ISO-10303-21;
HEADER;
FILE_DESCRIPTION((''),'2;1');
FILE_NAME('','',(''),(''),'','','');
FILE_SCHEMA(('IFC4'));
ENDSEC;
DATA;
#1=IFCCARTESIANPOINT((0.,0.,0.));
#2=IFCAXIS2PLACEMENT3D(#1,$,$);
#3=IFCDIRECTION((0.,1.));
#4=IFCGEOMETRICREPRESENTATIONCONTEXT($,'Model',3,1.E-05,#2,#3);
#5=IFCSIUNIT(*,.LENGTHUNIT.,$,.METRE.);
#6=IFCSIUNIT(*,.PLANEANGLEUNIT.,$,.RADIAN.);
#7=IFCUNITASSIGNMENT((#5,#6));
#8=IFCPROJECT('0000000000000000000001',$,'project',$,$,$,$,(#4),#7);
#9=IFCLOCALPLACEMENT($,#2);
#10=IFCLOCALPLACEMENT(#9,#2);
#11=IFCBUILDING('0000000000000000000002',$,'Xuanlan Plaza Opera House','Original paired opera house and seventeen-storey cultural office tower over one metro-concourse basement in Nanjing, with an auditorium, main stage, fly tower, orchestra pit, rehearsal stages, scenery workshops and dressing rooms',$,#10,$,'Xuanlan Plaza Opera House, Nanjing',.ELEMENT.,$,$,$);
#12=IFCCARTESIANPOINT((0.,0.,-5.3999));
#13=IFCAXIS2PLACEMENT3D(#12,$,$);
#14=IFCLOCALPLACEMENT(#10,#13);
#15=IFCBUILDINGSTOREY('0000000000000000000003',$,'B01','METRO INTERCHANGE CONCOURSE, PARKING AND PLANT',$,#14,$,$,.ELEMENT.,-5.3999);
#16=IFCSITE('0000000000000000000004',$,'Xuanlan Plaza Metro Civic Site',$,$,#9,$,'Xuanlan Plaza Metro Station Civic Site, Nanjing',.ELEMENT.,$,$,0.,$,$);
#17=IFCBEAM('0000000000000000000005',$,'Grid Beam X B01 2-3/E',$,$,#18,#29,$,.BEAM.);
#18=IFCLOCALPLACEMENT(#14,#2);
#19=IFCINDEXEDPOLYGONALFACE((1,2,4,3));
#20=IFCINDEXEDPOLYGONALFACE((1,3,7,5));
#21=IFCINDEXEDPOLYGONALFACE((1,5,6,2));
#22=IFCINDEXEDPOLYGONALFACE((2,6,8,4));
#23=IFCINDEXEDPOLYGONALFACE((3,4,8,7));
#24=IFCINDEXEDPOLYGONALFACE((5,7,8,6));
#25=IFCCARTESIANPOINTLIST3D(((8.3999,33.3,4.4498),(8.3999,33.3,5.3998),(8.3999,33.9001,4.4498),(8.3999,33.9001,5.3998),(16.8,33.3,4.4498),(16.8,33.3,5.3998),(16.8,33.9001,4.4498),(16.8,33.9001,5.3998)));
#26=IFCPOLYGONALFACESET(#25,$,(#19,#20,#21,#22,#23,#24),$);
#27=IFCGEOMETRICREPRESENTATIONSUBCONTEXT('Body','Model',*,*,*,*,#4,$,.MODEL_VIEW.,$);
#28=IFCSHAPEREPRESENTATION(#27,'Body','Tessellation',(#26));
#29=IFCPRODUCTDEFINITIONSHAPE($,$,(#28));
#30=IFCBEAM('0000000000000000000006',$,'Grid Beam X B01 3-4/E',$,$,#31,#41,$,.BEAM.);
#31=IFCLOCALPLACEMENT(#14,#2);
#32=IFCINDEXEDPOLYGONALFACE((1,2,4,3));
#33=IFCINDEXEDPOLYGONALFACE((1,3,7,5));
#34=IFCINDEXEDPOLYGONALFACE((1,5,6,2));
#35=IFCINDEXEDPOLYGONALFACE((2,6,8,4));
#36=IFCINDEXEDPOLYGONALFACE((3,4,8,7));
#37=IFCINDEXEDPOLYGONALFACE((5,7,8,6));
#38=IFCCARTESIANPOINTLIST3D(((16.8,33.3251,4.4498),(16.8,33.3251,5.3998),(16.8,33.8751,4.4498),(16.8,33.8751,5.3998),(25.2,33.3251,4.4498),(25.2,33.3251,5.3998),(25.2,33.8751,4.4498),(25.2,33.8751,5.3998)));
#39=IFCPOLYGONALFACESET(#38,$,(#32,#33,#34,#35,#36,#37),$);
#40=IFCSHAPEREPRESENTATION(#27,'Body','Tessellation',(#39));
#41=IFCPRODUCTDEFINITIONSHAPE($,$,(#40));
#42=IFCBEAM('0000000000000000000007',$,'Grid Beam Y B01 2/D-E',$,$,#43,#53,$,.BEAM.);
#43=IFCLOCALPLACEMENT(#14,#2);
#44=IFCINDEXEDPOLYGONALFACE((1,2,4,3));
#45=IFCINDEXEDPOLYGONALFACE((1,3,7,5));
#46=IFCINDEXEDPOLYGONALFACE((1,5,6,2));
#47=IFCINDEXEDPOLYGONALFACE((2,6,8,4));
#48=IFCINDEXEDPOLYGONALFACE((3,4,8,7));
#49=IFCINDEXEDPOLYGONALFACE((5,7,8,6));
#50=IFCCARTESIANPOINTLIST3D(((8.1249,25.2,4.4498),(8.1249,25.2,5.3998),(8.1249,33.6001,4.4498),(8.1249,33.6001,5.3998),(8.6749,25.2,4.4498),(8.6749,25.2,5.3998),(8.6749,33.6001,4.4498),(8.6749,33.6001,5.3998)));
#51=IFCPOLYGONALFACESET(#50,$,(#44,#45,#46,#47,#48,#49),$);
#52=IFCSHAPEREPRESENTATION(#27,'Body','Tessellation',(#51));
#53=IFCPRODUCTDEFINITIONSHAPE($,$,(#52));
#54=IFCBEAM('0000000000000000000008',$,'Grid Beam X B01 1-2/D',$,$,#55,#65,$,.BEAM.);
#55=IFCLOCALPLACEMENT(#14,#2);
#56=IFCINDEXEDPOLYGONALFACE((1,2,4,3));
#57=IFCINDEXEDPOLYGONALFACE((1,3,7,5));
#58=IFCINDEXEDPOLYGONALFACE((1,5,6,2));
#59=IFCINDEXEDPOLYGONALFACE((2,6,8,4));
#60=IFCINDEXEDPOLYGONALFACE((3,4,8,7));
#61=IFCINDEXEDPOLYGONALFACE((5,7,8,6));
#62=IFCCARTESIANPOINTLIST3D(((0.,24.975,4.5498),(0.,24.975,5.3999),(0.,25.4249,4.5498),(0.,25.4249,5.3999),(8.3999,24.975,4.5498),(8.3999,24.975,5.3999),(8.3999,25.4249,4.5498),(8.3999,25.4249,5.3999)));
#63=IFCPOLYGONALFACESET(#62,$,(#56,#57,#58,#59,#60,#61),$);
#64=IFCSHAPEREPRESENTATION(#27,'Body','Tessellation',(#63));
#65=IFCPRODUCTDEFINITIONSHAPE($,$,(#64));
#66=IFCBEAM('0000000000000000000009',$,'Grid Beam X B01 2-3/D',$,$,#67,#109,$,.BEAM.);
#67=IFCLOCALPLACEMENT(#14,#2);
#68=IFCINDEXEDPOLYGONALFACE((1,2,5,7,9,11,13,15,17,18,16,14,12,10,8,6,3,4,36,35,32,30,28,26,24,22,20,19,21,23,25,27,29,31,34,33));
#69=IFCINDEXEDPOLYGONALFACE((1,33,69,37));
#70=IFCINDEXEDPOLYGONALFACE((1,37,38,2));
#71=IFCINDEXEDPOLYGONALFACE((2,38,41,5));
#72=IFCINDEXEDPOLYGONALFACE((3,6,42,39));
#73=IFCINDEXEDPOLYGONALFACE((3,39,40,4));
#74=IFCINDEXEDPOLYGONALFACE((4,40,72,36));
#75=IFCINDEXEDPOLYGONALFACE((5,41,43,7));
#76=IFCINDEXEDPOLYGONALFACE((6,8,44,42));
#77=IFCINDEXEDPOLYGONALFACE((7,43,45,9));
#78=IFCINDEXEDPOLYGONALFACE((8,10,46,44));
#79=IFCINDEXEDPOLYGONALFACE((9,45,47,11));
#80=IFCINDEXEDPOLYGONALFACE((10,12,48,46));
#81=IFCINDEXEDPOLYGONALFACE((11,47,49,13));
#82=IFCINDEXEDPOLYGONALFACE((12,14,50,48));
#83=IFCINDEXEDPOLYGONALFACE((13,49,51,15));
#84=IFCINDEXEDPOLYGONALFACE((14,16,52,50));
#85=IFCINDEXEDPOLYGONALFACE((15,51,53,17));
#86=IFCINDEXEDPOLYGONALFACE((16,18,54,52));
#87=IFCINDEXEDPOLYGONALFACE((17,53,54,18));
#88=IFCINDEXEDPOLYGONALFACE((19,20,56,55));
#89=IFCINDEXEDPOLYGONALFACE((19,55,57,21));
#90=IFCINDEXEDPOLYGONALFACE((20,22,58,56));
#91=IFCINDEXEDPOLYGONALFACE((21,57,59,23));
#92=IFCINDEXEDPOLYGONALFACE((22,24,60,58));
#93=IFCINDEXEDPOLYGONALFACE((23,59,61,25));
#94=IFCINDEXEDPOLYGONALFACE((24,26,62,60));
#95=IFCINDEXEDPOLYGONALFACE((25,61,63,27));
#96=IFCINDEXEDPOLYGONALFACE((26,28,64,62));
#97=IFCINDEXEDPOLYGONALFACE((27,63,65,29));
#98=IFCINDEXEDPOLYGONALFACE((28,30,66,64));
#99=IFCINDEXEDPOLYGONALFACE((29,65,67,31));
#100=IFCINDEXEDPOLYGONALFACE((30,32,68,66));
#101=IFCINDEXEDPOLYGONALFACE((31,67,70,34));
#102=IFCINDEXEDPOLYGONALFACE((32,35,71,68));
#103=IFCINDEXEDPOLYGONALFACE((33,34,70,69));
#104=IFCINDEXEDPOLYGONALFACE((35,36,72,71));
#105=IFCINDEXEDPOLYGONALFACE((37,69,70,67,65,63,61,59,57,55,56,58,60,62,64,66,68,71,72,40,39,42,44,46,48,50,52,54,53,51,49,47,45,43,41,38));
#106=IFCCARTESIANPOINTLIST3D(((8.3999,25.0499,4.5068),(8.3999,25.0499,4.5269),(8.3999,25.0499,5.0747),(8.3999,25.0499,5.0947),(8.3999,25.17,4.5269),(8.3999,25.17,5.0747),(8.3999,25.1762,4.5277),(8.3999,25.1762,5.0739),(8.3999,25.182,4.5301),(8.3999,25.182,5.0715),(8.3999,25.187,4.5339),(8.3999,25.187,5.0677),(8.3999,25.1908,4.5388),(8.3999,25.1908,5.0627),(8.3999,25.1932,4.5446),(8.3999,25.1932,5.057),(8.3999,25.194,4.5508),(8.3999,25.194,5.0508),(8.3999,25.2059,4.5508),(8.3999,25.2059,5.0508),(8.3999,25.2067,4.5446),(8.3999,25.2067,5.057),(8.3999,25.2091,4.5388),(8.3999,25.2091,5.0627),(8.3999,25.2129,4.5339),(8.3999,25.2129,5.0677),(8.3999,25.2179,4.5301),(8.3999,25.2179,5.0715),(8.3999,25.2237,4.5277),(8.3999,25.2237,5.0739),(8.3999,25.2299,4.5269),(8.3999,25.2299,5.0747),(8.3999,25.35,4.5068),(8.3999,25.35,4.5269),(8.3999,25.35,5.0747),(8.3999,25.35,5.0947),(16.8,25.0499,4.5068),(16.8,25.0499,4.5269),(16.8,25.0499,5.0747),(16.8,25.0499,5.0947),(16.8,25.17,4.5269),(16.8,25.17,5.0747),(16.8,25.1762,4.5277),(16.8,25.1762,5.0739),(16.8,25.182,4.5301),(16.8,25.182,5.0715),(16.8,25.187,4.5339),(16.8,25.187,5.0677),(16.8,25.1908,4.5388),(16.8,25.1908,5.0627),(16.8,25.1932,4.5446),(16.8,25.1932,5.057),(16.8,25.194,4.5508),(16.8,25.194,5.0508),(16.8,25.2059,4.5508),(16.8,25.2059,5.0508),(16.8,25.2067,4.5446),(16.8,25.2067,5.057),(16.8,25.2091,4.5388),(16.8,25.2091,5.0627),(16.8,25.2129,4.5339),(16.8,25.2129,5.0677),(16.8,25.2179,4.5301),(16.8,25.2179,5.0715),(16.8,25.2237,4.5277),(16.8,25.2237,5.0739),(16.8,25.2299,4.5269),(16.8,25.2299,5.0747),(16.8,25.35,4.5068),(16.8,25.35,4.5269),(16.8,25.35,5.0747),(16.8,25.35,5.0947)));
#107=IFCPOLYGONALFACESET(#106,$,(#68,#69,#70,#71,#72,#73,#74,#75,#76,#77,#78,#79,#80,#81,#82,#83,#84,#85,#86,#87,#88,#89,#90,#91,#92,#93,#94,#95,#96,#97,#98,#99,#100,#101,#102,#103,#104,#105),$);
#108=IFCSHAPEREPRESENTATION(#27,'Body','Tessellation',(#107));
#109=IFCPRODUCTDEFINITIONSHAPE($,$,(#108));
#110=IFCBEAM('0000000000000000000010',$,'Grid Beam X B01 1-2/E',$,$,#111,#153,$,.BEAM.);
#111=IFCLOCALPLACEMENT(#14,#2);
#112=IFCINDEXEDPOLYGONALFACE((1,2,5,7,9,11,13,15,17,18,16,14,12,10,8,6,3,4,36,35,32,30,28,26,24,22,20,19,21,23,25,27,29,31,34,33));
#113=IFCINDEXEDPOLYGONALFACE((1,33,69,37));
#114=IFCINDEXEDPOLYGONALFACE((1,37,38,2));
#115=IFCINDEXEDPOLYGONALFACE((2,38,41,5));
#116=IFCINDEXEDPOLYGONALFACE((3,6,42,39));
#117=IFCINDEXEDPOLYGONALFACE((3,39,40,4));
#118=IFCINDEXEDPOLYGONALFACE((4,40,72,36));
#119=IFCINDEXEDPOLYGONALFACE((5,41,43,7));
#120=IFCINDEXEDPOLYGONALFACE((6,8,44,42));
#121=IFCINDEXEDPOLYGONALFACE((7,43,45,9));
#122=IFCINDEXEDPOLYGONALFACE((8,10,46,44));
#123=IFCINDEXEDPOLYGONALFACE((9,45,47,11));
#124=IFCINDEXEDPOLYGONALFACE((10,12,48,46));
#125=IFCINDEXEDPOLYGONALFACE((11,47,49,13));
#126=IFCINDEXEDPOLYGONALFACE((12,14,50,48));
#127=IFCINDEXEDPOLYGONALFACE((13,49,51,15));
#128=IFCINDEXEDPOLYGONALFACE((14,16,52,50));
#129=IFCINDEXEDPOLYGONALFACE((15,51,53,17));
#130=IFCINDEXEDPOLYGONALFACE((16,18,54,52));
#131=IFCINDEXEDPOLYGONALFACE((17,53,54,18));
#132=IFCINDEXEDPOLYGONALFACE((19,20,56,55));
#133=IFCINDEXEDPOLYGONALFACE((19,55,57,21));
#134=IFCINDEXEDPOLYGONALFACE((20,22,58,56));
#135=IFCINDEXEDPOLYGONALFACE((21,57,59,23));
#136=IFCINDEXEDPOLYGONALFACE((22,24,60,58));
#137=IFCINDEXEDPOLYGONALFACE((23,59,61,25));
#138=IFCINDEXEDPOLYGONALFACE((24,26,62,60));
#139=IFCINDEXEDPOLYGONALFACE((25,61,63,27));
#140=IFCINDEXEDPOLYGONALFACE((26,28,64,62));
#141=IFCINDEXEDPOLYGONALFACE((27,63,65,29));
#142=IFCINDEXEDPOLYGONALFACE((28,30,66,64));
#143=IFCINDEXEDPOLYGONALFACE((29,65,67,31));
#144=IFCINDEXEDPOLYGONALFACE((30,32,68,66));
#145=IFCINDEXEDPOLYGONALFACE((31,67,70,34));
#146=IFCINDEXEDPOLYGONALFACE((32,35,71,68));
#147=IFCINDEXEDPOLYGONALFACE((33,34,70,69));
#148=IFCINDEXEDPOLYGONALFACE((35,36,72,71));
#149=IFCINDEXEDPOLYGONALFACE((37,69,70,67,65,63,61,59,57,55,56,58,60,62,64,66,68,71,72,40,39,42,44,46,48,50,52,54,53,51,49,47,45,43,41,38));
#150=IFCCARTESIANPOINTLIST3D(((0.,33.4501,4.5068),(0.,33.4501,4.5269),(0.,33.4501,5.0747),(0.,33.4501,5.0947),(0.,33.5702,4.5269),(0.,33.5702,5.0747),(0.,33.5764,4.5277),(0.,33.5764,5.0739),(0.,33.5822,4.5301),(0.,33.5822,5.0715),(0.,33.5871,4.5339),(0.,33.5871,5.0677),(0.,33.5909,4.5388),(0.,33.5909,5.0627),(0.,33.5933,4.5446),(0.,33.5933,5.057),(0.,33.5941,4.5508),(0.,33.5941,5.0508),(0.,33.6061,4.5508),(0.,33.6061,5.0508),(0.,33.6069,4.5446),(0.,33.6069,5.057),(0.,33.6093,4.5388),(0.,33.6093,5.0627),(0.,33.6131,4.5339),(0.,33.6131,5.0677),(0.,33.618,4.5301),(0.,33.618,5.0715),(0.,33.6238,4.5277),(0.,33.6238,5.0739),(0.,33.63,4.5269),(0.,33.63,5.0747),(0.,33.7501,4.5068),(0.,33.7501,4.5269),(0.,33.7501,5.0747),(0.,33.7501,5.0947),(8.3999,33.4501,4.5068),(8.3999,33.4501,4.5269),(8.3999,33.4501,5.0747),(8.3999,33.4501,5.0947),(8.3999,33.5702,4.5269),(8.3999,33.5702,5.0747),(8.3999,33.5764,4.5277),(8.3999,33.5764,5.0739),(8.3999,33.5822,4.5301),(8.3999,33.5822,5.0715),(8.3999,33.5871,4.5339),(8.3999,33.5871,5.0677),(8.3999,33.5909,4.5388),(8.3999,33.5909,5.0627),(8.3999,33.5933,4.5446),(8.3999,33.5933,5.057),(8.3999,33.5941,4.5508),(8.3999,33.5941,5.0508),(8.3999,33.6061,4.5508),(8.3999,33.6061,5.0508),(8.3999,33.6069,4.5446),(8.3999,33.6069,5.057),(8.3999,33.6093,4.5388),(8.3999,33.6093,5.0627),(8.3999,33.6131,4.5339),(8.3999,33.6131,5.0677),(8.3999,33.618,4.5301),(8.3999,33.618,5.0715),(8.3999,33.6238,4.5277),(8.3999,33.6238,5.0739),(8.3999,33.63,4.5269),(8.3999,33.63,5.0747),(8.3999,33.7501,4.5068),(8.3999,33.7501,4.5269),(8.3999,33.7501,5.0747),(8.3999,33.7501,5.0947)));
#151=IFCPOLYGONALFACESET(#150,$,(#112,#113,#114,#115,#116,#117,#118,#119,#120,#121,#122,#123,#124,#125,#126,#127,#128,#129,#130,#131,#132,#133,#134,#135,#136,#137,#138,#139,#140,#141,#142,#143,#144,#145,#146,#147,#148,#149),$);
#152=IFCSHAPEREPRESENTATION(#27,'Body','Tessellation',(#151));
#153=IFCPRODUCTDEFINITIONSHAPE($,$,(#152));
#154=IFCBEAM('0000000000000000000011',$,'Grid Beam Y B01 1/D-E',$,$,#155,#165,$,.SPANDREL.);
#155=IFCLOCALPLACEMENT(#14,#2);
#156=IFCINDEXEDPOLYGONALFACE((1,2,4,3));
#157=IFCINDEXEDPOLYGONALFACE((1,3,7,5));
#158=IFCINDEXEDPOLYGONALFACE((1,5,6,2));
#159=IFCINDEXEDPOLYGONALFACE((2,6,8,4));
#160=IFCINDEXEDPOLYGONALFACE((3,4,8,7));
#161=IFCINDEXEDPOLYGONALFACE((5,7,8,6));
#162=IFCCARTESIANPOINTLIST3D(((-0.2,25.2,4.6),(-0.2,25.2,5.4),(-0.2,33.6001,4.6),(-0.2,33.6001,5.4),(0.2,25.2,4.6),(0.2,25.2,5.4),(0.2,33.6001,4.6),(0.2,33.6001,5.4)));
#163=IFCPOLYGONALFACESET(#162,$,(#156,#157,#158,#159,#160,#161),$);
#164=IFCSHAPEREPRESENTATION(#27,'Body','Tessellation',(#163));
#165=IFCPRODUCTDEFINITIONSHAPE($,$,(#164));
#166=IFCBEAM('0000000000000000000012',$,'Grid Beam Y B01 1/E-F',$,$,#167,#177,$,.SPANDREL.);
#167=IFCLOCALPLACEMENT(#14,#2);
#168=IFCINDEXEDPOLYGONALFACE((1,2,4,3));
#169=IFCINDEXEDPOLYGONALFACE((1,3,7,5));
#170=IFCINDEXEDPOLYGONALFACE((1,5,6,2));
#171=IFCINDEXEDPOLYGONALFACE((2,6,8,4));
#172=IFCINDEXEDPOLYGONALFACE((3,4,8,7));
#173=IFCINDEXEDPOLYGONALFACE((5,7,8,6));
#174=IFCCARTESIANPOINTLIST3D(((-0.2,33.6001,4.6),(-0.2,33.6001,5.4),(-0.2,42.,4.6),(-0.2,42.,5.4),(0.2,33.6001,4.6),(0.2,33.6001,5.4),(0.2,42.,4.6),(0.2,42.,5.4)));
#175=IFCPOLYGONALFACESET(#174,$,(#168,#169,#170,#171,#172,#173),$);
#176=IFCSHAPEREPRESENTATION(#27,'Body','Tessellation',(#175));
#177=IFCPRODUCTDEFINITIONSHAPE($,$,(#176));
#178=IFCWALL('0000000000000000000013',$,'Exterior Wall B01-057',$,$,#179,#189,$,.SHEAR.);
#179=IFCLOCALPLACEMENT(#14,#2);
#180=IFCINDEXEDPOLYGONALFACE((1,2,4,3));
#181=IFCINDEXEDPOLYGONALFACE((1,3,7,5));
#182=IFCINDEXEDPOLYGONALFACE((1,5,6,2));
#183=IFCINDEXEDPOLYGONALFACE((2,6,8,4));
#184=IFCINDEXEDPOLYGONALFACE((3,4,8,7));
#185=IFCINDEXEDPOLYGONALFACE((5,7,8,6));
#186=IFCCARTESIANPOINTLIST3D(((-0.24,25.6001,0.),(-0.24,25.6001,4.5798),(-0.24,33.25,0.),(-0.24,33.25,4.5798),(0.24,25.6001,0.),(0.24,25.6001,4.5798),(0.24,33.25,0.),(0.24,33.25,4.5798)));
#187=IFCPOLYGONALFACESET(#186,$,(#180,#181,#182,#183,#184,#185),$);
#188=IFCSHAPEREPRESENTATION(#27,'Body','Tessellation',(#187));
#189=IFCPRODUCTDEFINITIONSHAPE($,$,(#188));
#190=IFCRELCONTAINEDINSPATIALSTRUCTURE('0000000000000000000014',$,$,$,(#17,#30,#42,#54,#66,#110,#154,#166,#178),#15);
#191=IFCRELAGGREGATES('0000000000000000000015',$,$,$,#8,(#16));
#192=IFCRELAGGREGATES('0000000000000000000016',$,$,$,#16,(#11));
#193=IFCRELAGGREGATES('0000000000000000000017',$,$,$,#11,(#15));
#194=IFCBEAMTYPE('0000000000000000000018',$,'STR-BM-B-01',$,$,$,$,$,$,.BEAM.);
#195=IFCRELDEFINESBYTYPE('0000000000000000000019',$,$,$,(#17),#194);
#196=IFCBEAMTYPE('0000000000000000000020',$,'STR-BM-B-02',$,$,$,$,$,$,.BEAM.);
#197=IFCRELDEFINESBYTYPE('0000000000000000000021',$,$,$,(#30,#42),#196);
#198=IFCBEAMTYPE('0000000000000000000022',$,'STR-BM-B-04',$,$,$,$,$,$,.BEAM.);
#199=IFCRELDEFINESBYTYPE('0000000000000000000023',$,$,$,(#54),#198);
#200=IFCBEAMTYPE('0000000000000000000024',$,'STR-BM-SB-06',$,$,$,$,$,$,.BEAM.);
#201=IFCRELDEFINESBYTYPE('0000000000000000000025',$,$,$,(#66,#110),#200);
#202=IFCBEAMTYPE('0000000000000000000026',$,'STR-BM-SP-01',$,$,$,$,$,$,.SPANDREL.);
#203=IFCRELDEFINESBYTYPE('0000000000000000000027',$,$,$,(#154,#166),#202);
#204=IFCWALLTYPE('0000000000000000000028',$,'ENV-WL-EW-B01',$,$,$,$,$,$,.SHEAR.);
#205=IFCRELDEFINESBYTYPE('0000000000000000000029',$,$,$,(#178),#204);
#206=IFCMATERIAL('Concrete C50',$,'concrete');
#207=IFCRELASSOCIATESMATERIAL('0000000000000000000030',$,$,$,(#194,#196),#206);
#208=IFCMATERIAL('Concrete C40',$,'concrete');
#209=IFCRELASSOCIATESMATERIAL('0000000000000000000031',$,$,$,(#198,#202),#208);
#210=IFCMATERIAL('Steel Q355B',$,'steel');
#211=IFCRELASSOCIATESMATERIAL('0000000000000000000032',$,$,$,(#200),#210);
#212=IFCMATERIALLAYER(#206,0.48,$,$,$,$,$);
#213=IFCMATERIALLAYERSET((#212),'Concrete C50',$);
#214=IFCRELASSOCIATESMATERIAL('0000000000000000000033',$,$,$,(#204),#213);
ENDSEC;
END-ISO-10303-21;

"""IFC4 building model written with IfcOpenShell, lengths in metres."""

from ifc_helpers import new_model, si_unit, direction, frame, frame_2d, origin, origin_2d, place, context, subcontext, project, spatial, rectangle, i_section, extrude, material, layer, layer_set, material_profile, profile_set, type_object, element, save


model = new_model("IFC4")

# Units and contexts
model_context = context("Model", 3, precision=1e-05, world=origin(), true_north=direction((0.0, 1.0)))
body_context = subcontext(model_context, "Body", "Model", "MODEL_VIEW")
ifc_project = project(units=[si_unit("LENGTHUNIT", "METRE"), si_unit("PLANEANGLEUNIT", "RADIAN")], contexts=[model_context])

# Site, building, storey
site_placement = place(None, origin())
site = spatial("IfcSite", under=ifc_project, at=site_placement, Name="Xuanlan Plaza Metro Civic Site", LongName="Xuanlan Plaza Metro Station Civic Site, Nanjing", CompositionType="ELEMENT", RefElevation=0.0)
building_placement = place(site_placement, origin())
building = spatial("IfcBuilding", under=site, at=building_placement, Name="Xuanlan Plaza Opera House", Description="Original paired opera house and seventeen-storey cultural office tower over one metro-concourse basement in Nanjing, with an auditorium, main stage, fly tower, orchestra pit, rehearsal stages, scenery workshops and dressing rooms", LongName="Xuanlan Plaza Opera House, Nanjing", CompositionType="ELEMENT")
storey_placement = place(building_placement, frame((0.0, 0.0, -5.3999)))
storey = spatial("IfcBuildingStorey", under=building, at=storey_placement, Name="B01", Description="METRO INTERCHANGE CONCOURSE, PARKING AND PLANT", CompositionType="ELEMENT", Elevation=-5.3999)

# Shared definitions
ifc_material_1 = material(Name="Concrete C50", Category="concrete")
ifc_material_2 = material(Name="Concrete C40", Category="concrete")

# Beams
ifc_material_profile_1 = material_profile(ifc_material_1, rectangle(XDim=0.6001, YDim=0.95, at=origin_2d()), Name="RC-BM 600x950")
ifc_profile_set_1 = profile_set([ifc_material_profile_1], Name="Concrete C50")
beam_type_1 = type_object("IfcBeamType", Name="STR-BM-B-01", PredefinedType="BEAM", material=ifc_profile_set_1)
beam_1_placement = place(storey_placement, frame((8.3999, 33.6001, 4.9248), z_axis=(1.0, 0.0, 0.0), x_axis=(0.0, 1.0, 0.0)))
element("IfcBeam", 1, at=beam_1_placement, inside=storey, type_object=beam_type_1, Name="Grid Beam X B01 2-3/E", PredefinedType="BEAM", context=body_context, shape_type="SweptSolid", body=[
    extrude(rectangle(XDim=0.6001, YDim=0.95, at=origin_2d()), origin(), (0.0, 0.0, 1.0), 8.4001),
])
ifc_material_profile_2 = material_profile(ifc_material_1, rectangle(XDim=0.55, YDim=0.95, at=origin_2d()), Name="RC-BM 550x950")
ifc_profile_set_2 = profile_set([ifc_material_profile_2], Name="Concrete C50")
beam_type_2 = type_object("IfcBeamType", Name="STR-BM-B-02", PredefinedType="BEAM", material=ifc_profile_set_2)
beam_2_placement = place(storey_placement, frame((16.8, 33.6001, 4.9248), z_axis=(1.0, 0.0, 0.0), x_axis=(0.0, 1.0, 0.0)))
element("IfcBeam", 2, at=beam_2_placement, inside=storey, type_object=beam_type_2, Name="Grid Beam X B01 3-4/E", PredefinedType="BEAM", context=body_context, shape_type="SweptSolid", body=[
    extrude(rectangle(XDim=0.55, YDim=0.95, at=origin_2d()), origin(), (0.0, 0.0, 1.0), 8.3999),
])
beam_3_placement = place(storey_placement, frame((8.3999, 25.2, 4.9248), z_axis=(0.0, 1.0, 0.0), x_axis=(-1.0, 0.0, 0.0)))
element("IfcBeam", 3, at=beam_3_placement, inside=storey, type_object=beam_type_2, Name="Grid Beam Y B01 2/D-E", PredefinedType="BEAM", context=body_context, shape_type="SweptSolid", body=[
    extrude(rectangle(XDim=0.55, YDim=0.95, at=origin_2d()), origin(), (0.0, 0.0, 1.0), 8.4001),
])
ifc_material_profile_3 = material_profile(ifc_material_2, rectangle(XDim=0.45, YDim=0.8501, at=origin_2d()), Name="RC-BM 450x850")
ifc_profile_set_3 = profile_set([ifc_material_profile_3], Name="Concrete C40")
beam_type_3 = type_object("IfcBeamType", Name="STR-BM-B-04", PredefinedType="BEAM", material=ifc_profile_set_3)
beam_4_placement = place(storey_placement, frame((0.0, 25.2, 4.9749), z_axis=(1.0, 0.0, 0.0), x_axis=(0.0, 1.0, 0.0)))
element("IfcBeam", 4, at=beam_4_placement, inside=storey, type_object=beam_type_3, Name="Grid Beam X B01 1-2/D", PredefinedType="BEAM", context=body_context, shape_type="SweptSolid", body=[
    extrude(rectangle(XDim=0.45, YDim=0.8501, at=origin_2d()), origin(), (0.0, 0.0, 1.0), 8.3999),
])
ifc_material_3 = material(Name="Steel Q355B", Category="steel")
ifc_material_profile_4 = material_profile(ifc_material_3, i_section(OverallWidth=0.3, OverallDepth=0.5879, WebThickness=0.012, FlangeThickness=0.02, FilletRadius=0.0239, at=origin_2d()), Name="HM 588x300x12x20")
ifc_profile_set_4 = profile_set([ifc_material_profile_4], Name="Steel Q355B")
beam_type_4 = type_object("IfcBeamType", Name="STR-BM-SB-06", PredefinedType="BEAM", material=ifc_profile_set_4)
beam_5_placement = place(storey_placement, frame((8.3999, 25.2, 4.8008), z_axis=(1.0, 0.0, 0.0), x_axis=(0.0, 1.0, 0.0)))
element("IfcBeam", 5, at=beam_5_placement, inside=storey, type_object=beam_type_4, Name="Grid Beam X B01 2-3/D", PredefinedType="BEAM", context=body_context, shape_type="SweptSolid", body=[
    extrude(i_section(OverallWidth=0.3, OverallDepth=0.5879, WebThickness=0.012, FlangeThickness=0.02, FilletRadius=0.0239, at=origin_2d()), origin(), (0.0, 0.0, 1.0), 8.4001),
])
beam_6_placement = place(storey_placement, frame((0.0, 33.6001, 4.8008), z_axis=(1.0, 0.0, 0.0), x_axis=(0.0, 1.0, 0.0)))
element("IfcBeam", 6, at=beam_6_placement, inside=storey, type_object=beam_type_4, Name="Grid Beam X B01 1-2/E", PredefinedType="BEAM", context=body_context, shape_type="SweptSolid", body=[
    extrude(i_section(OverallWidth=0.3, OverallDepth=0.5879, WebThickness=0.012, FlangeThickness=0.02, FilletRadius=0.0239, at=origin_2d()), origin(), (0.0, 0.0, 1.0), 8.3999),
])
ifc_material_profile_5 = material_profile(ifc_material_2, rectangle(XDim=0.3999, YDim=0.8, at=origin_2d()), Name="RC-SPD 400x800")
ifc_profile_set_5 = profile_set([ifc_material_profile_5], Name="Concrete C40")
beam_type_5 = type_object("IfcBeamType", Name="STR-BM-SP-01", PredefinedType="SPANDREL", material=ifc_profile_set_5)
beam_7_placement = place(storey_placement, frame((0.0, 25.2, 5.0), z_axis=(0.0, 1.0, 0.0), x_axis=(-1.0, 0.0, 0.0)))
element("IfcBeam", 7, at=beam_7_placement, inside=storey, type_object=beam_type_5, Name="Grid Beam Y B01 1/D-E", PredefinedType="SPANDREL", context=body_context, shape_type="SweptSolid", body=[
    extrude(rectangle(XDim=0.3999, YDim=0.8, at=origin_2d()), origin(), (0.0, 0.0, 1.0), 8.4001),
])
beam_8_placement = place(storey_placement, frame((0.0, 33.6001, 5.0), z_axis=(0.0, 1.0, 0.0), x_axis=(-1.0, 0.0, 0.0)))
element("IfcBeam", 8, at=beam_8_placement, inside=storey, type_object=beam_type_5, Name="Grid Beam Y B01 1/E-F", PredefinedType="SPANDREL", context=body_context, shape_type="SweptSolid", body=[
    extrude(rectangle(XDim=0.3999, YDim=0.8, at=origin_2d()), origin(), (0.0, 0.0, 1.0), 8.3999),
])

# Wall
ifc_layer = layer(ifc_material_1, 0.48)
ifc_layer_set = layer_set([ifc_layer], Name="Concrete C50")
wall_type = type_object("IfcWallType", Name="ENV-WL-EW-B01", PredefinedType="SHEAR", material=ifc_layer_set)
wall_1_placement = place(storey_placement, frame((0.0, 33.25, 0.0), z_axis=(0.0, 0.0, 1.0), x_axis=(0.0, -1.0, 0.0)))
element("IfcWall", 9, at=wall_1_placement, inside=storey, type_object=wall_type, Name="Exterior Wall B01-057", PredefinedType="SHEAR", context=body_context, shape_type="SweptSolid", body=[
    extrude(rectangle(XDim=7.6499, YDim=0.48, at=frame_2d((3.825, 0.0))), origin(), (0.0, 0.0, 1.0), 4.5798),
])

save(model, "model.ifc")
